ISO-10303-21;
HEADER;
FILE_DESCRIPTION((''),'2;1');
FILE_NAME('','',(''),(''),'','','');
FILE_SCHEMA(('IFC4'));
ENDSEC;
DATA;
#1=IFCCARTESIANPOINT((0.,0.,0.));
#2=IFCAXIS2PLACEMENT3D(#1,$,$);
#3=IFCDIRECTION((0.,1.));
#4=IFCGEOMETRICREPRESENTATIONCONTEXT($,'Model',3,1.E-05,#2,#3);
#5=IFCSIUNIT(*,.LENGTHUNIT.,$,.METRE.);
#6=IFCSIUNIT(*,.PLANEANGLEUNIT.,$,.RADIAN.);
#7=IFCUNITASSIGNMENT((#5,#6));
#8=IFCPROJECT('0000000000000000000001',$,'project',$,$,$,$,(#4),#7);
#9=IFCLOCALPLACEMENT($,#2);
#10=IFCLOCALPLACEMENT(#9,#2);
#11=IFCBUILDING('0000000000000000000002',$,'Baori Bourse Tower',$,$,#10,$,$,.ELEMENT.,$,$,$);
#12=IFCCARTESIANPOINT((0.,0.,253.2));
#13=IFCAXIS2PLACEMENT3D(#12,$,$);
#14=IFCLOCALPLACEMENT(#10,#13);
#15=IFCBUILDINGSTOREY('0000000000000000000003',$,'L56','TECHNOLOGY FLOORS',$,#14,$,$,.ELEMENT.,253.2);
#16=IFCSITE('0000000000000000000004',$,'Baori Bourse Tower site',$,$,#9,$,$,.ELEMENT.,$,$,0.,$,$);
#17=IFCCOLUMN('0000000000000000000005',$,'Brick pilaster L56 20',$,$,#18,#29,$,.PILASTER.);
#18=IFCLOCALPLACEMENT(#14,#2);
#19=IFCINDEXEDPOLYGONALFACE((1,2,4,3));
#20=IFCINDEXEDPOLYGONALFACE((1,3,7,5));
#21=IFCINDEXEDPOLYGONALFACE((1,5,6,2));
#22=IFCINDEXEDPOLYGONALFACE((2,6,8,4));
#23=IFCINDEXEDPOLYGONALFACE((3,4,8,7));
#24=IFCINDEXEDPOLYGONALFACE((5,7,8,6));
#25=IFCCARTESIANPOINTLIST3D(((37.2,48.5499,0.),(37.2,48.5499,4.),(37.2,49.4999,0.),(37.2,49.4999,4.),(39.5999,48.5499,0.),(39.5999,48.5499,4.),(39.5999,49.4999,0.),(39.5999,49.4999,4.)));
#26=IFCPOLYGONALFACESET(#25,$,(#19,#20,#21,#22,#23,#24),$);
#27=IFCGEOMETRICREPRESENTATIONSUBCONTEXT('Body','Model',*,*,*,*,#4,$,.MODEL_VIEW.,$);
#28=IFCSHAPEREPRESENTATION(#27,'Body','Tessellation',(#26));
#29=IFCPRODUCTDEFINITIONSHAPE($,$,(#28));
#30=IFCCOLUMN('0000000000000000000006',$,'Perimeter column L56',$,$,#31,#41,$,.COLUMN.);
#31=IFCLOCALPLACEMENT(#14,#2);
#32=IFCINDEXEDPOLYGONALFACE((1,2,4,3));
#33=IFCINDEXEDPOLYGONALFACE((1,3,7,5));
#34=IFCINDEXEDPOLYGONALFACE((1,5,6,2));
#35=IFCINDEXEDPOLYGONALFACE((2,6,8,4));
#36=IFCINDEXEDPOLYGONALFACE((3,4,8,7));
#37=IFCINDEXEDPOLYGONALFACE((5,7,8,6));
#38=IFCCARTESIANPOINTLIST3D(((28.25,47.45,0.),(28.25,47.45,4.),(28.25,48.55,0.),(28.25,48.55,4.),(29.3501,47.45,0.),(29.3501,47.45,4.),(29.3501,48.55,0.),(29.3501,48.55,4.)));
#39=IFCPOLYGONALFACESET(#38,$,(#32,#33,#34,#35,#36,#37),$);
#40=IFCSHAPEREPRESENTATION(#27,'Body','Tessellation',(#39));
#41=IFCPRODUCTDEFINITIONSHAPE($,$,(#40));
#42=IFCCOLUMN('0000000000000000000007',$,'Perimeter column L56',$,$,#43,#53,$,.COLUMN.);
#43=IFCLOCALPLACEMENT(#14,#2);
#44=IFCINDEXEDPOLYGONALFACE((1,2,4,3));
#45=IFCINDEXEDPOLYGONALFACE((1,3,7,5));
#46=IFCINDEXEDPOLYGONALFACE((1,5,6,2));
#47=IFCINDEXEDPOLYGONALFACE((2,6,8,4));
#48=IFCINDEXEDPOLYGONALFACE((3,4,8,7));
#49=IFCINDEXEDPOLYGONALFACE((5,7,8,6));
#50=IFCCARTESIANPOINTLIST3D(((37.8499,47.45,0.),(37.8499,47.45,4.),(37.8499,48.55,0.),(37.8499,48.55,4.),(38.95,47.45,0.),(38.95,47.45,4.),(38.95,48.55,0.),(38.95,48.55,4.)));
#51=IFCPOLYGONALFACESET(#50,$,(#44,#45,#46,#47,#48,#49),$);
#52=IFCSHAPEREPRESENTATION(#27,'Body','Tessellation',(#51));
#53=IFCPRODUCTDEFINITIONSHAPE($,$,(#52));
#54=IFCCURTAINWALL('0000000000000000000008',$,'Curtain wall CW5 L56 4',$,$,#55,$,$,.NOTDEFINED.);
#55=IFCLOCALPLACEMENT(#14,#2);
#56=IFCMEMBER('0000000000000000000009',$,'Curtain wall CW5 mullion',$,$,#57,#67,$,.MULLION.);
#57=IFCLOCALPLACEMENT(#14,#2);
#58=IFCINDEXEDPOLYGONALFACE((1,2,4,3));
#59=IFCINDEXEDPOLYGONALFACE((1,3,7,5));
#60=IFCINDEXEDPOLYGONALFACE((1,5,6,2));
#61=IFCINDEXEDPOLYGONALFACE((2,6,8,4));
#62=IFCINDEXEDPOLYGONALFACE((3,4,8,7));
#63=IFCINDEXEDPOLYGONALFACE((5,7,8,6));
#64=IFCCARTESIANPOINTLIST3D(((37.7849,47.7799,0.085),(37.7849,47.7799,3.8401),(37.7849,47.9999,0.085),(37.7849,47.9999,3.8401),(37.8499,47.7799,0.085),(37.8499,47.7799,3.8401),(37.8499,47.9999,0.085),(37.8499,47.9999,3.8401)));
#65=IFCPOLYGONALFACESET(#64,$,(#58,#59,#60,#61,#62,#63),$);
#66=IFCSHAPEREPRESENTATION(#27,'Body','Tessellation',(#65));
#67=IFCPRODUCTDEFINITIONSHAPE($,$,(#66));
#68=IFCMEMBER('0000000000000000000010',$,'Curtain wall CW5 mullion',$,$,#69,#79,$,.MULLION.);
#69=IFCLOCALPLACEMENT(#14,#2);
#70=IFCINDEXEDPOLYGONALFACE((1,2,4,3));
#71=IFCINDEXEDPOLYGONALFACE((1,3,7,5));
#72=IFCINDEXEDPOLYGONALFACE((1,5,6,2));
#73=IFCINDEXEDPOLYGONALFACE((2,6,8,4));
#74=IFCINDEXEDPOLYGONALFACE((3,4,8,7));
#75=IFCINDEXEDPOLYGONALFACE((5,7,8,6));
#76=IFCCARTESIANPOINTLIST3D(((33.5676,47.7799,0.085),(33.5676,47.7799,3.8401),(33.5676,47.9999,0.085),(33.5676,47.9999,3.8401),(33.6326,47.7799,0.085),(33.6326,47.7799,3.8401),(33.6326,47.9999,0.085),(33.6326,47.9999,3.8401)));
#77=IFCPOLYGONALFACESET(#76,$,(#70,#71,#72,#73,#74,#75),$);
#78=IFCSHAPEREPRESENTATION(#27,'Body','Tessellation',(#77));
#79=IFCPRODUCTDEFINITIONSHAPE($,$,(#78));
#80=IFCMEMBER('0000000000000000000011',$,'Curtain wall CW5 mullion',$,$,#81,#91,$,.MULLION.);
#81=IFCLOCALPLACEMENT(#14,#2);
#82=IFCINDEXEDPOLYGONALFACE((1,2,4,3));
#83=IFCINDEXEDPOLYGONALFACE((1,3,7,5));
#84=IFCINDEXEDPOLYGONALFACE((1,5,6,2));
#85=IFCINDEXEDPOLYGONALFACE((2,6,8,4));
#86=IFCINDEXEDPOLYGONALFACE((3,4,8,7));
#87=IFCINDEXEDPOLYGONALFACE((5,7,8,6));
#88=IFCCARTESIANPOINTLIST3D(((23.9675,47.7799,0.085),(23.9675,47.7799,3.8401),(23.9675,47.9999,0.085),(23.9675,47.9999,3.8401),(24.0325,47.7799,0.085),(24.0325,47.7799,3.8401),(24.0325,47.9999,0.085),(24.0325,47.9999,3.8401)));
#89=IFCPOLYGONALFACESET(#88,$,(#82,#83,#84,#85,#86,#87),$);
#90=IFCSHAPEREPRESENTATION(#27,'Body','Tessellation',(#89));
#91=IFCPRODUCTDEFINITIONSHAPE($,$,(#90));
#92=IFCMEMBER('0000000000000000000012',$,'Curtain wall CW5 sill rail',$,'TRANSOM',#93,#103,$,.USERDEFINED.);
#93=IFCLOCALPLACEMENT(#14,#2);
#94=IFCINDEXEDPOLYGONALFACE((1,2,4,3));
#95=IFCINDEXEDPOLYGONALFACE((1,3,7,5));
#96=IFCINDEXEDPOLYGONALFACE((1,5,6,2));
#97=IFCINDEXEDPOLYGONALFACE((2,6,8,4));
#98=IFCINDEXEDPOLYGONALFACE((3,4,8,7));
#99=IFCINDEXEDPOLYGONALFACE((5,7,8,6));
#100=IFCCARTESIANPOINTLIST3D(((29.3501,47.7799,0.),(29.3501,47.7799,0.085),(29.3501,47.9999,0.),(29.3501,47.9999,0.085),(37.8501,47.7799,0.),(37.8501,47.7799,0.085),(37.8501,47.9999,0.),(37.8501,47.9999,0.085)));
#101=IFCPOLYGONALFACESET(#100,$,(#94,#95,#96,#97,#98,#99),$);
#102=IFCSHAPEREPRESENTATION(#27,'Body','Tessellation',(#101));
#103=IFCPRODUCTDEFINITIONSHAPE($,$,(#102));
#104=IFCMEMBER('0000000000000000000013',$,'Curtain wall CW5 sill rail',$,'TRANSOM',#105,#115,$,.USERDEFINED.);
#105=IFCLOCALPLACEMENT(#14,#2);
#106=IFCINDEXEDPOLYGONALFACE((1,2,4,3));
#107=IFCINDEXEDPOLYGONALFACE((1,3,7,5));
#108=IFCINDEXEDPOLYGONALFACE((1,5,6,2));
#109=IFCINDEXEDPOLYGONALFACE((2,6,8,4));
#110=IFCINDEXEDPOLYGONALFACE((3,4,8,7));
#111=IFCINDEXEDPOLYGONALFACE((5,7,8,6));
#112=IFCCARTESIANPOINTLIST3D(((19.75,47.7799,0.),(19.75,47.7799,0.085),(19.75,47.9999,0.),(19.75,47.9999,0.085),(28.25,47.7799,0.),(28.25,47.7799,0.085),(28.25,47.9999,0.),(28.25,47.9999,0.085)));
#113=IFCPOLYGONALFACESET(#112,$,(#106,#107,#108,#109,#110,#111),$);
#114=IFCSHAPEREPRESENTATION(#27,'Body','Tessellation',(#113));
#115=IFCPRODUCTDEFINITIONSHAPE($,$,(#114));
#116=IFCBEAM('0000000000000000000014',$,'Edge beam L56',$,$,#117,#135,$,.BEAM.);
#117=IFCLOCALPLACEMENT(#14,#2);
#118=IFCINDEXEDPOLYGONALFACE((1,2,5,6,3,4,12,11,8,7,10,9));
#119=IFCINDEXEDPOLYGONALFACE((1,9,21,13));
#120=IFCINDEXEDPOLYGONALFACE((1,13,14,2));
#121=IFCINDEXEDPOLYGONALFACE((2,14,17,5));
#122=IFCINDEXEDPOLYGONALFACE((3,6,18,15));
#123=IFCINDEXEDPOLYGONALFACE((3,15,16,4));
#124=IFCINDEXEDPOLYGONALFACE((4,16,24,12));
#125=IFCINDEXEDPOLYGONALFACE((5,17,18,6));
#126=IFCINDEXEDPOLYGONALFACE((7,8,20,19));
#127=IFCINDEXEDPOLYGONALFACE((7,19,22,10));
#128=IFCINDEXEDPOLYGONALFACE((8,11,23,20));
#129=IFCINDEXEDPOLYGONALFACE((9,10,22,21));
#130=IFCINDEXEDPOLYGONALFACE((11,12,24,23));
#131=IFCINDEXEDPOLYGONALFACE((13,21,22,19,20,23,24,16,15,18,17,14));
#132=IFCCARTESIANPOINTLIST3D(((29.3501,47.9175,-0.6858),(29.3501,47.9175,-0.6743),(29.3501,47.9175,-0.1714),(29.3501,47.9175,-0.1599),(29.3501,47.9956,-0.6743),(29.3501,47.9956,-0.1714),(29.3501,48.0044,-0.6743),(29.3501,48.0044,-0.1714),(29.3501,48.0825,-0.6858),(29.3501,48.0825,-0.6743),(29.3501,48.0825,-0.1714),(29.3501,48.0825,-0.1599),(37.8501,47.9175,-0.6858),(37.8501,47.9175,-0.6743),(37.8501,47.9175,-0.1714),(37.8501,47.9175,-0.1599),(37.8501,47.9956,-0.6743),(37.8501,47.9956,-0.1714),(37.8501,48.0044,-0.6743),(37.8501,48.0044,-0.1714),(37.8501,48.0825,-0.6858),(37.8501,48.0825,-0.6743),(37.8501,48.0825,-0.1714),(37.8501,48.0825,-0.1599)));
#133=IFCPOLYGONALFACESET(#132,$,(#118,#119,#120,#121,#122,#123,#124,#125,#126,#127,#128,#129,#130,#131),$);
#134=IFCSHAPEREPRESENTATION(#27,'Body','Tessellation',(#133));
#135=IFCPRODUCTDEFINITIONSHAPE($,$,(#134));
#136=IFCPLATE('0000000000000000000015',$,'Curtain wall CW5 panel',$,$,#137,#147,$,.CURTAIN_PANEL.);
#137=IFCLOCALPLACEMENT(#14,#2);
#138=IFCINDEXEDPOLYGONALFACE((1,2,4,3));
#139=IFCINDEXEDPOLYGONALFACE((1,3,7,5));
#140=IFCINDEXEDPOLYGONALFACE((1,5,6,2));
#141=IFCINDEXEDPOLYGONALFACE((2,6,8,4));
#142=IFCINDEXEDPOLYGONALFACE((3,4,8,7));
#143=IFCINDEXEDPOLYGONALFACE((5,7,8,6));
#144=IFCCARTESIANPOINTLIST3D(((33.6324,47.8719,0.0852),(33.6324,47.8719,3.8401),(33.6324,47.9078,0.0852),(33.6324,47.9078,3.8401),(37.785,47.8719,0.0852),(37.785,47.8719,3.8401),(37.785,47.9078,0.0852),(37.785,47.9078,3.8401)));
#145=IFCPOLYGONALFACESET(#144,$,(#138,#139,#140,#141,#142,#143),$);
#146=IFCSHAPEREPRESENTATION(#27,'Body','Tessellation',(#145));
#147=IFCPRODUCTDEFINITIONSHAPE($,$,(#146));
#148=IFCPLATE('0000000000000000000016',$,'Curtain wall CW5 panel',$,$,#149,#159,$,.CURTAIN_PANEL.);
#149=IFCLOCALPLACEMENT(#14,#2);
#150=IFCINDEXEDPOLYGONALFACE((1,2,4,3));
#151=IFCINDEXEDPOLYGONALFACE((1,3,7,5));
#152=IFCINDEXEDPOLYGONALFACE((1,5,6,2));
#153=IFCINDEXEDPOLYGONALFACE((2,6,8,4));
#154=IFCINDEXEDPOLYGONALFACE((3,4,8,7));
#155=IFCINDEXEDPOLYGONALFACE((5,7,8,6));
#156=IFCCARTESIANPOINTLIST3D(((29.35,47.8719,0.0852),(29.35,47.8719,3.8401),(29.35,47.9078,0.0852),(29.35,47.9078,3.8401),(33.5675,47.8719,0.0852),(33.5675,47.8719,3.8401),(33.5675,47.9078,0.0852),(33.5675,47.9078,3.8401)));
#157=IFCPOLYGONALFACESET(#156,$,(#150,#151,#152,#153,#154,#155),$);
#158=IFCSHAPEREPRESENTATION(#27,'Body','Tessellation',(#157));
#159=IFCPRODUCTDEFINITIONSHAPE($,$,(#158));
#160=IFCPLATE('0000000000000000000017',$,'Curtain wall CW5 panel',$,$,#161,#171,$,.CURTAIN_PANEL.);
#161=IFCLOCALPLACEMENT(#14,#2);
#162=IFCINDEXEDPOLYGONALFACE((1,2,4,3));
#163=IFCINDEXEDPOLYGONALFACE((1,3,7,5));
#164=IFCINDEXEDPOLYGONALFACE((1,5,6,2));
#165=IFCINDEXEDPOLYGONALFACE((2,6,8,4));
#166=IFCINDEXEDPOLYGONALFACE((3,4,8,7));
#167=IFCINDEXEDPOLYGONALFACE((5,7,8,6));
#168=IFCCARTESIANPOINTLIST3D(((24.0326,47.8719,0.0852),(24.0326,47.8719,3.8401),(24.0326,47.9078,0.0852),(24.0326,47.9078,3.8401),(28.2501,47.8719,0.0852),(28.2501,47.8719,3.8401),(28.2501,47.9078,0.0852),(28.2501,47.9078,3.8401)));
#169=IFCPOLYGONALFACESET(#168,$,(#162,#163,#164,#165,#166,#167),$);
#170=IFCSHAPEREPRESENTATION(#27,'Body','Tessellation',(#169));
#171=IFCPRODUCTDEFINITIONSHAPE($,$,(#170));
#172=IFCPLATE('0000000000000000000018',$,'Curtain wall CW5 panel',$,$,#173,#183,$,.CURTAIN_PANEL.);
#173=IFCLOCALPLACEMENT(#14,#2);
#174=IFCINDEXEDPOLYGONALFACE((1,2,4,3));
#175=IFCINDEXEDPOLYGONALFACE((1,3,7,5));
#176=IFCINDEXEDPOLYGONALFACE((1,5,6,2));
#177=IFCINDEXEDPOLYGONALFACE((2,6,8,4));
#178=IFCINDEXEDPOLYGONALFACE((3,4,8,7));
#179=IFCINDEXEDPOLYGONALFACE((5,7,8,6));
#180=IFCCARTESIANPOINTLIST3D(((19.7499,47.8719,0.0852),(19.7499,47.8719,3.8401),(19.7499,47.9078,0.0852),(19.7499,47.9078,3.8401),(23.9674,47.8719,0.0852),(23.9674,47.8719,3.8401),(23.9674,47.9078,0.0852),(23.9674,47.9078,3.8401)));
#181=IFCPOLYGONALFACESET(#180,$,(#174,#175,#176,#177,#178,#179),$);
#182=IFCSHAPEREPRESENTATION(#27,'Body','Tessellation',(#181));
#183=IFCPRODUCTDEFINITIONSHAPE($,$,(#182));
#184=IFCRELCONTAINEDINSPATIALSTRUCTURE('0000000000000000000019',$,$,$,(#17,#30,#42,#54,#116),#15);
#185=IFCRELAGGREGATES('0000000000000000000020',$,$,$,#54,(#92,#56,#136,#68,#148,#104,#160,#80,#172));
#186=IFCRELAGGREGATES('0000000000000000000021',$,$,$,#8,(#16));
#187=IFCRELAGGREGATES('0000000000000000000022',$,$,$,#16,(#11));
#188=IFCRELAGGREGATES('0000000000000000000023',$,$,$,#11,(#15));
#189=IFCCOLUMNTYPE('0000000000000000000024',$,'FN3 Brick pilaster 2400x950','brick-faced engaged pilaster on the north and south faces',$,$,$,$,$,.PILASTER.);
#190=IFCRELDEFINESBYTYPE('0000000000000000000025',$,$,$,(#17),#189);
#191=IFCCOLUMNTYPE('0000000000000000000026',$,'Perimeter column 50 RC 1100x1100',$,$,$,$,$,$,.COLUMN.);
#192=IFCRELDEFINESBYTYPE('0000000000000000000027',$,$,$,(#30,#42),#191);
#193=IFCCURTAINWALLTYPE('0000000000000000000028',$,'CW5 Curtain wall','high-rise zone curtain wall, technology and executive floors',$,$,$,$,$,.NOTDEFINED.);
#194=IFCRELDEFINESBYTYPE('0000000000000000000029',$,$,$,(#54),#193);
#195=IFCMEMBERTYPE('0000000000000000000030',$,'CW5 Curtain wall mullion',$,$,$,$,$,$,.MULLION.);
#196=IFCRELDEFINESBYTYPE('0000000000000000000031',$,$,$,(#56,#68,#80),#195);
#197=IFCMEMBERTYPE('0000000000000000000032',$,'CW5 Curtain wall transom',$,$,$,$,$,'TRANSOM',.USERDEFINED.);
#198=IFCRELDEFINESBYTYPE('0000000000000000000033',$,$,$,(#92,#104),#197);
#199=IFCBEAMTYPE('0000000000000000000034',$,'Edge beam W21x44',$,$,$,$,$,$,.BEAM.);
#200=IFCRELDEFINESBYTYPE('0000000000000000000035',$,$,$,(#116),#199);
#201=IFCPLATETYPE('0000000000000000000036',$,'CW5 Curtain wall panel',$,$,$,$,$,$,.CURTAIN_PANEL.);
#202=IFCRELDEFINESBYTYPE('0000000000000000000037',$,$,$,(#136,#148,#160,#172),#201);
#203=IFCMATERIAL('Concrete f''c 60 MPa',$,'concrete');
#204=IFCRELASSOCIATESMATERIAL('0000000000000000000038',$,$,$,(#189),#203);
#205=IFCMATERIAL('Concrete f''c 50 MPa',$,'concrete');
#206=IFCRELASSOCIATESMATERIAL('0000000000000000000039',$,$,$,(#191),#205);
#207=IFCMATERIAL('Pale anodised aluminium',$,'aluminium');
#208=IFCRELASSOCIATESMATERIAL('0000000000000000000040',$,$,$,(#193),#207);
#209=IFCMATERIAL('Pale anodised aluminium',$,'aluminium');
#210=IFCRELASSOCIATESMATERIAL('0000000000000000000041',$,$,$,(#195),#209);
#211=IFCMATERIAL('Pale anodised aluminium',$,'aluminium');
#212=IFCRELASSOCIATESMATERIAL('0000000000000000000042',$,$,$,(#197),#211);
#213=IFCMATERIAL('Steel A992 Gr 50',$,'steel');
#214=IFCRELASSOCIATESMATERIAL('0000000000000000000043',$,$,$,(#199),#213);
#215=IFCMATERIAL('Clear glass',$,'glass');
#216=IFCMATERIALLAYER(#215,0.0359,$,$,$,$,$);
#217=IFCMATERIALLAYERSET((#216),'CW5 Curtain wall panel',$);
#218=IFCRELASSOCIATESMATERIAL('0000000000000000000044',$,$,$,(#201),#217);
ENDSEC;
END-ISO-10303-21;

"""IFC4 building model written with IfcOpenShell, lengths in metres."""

from ifc_helpers import new_model, si_unit, direction, frame, origin, origin_2d, place, context, subcontext, project, spatial, rectangle, i_section, extrude, material, layer, layer_set, material_profile, profile_set, type_object, element, aggregate, save


model = new_model("IFC4")

# Units and contexts
model_context = context("Model", 3, precision=1e-05, world=origin(), true_north=direction((0.0, 1.0)))
body_context = subcontext(model_context, "Body", "Model", "MODEL_VIEW")
ifc_project = project(units=[si_unit("LENGTHUNIT", "METRE"), si_unit("PLANEANGLEUNIT", "RADIAN")], contexts=[model_context])

# Site, building, storey
site_placement = place(None, origin())
site = spatial("IfcSite", under=ifc_project, at=site_placement, Name="Baori Bourse Tower site", CompositionType="ELEMENT", RefElevation=0.0)
building_placement = place(site_placement, origin())
building = spatial("IfcBuilding", under=site, at=building_placement, Name="Baori Bourse Tower", CompositionType="ELEMENT")
storey_placement = place(building_placement, frame((0.0, 0.0, 253.2)))
storey = spatial("IfcBuildingStorey", under=building, at=storey_placement, Name="L56", Description="TECHNOLOGY FLOORS", CompositionType="ELEMENT", Elevation=253.2)

# Columns
ifc_material_1 = material(Name="Concrete f'c 60 MPa", Category="concrete")
ifc_material_profile_1 = material_profile(ifc_material_1, rectangle(XDim=2.3999, YDim=0.95, at=origin_2d()), Name="RC 2400x950")
ifc_profile_set_1 = profile_set([ifc_material_profile_1], Name="Concrete f'c 60 MPa")
column_type_1 = type_object("IfcColumnType", Name="FN3 Brick pilaster 2400x950", Description="brick-faced engaged pilaster on the north and south faces", PredefinedType="PILASTER", material=ifc_profile_set_1)
column_placement = place(storey_placement, frame((38.3999, 49.0249, 0.0), z_axis=(0.0, 0.0, 1.0), x_axis=(1.0, 0.0, 0.0)))
element("IfcColumn", 1, at=column_placement, inside=storey, type_object=column_type_1, Name="Brick pilaster L56 20", PredefinedType="PILASTER", context=body_context, shape_type="SweptSolid", body=[
    extrude(rectangle(XDim=2.3999, YDim=0.95, at=origin_2d()), origin(), (0.0, 0.0, 1.0), 4.0),
])
ifc_material_2 = material(Name="Concrete f'c 50 MPa", Category="concrete")
ifc_material_profile_2 = material_profile(ifc_material_2, rectangle(XDim=1.1001, YDim=1.1001, at=origin_2d()), Name="RC 1100x1100")
ifc_profile_set_2 = profile_set([ifc_material_profile_2], Name="Concrete f'c 50 MPa")
column_type_2 = type_object("IfcColumnType", Name="Perimeter column 50 RC 1100x1100", PredefinedType="COLUMN", material=ifc_profile_set_2)
for number, where, z_axis, x_axis, name in (
    (2, (28.8, 48.0, 0.0), (0.0, 0.0, 1.0), (1.0, 0.0, 0.0), "Perimeter column L56"),
    (3, (38.3999, 48.0, 0.0), (0.0, 0.0, 1.0), (1.0, 0.0, 0.0), "Perimeter column L56"),
):
    element("IfcColumn", number, at=place(storey_placement, frame(where, z_axis=z_axis, x_axis=x_axis)), inside=storey, type_object=column_type_2, Name=name, PredefinedType="COLUMN", context=body_context, shape_type="SweptSolid", body=[
        extrude(rectangle(XDim=1.1001, YDim=1.1001, at=origin_2d()), origin(), (0.0, 0.0, 1.0), 4.0),
    ])

# Curtain wall, members
ifc_material_3 = material(Name="Pale anodised aluminium", Category="aluminium")
curtain_wall_type = type_object("IfcCurtainWallType", Name="CW5 Curtain wall", Description="high-rise zone curtain wall, technology and executive floors", PredefinedType="NOTDEFINED", material=ifc_material_3)
curtain_wall_placement = place(storey_placement, origin())
curtain_wall = element("IfcCurtainWall", 4, at=curtain_wall_placement, inside=storey, type_object=curtain_wall_type, Name="Curtain wall CW5 L56 4", PredefinedType="NOTDEFINED")
ifc_material_4 = material(Name="Pale anodised aluminium", Category="aluminium")
ifc_material_profile_3 = material_profile(ifc_material_4, rectangle(XDim=0.22, YDim=0.0649, at=origin_2d()), Name="Mullion 65x220")
ifc_profile_set_3 = profile_set([ifc_material_profile_3], Name="Pale anodised aluminium")
member_type_1 = type_object("IfcMemberType", Name="CW5 Curtain wall mullion", PredefinedType="MULLION", material=ifc_profile_set_3)
member_1_placement = place(storey_placement, frame((37.8174, 47.8899, 0.085), z_axis=(0.0, 0.0, 1.0), x_axis=(0.0, -1.0, 0.0)))
member_1 = element("IfcMember", 5, at=member_1_placement, type_object=member_type_1, Name="Curtain wall CW5 mullion", PredefinedType="MULLION", context=body_context, shape_type="SweptSolid", body=[
    extrude(rectangle(XDim=0.22, YDim=0.0649, at=origin_2d()), origin(), (0.0, 0.0, 1.0), 3.7551),
])
member_2_placement = place(storey_placement, frame((33.6001, 47.8899, 0.085), z_axis=(0.0, 0.0, 1.0), x_axis=(0.0, -1.0, 0.0)))
member_2 = element("IfcMember", 6, at=member_2_placement, type_object=member_type_1, Name="Curtain wall CW5 mullion", PredefinedType="MULLION", context=body_context, shape_type="SweptSolid", body=[
    extrude(rectangle(XDim=0.22, YDim=0.0649, at=origin_2d()), origin(), (0.0, 0.0, 1.0), 3.7551),
])
member_3_placement = place(storey_placement, frame((24.0, 47.8899, 0.085), z_axis=(0.0, 0.0, 1.0), x_axis=(0.0, -1.0, 0.0)))
member_3 = element("IfcMember", 7, at=member_3_placement, type_object=member_type_1, Name="Curtain wall CW5 mullion", PredefinedType="MULLION", context=body_context, shape_type="SweptSolid", body=[
    extrude(rectangle(XDim=0.22, YDim=0.0649, at=origin_2d()), origin(), (0.0, 0.0, 1.0), 3.7551),
])
ifc_material_5 = material(Name="Pale anodised aluminium", Category="aluminium")
ifc_material_profile_4 = material_profile(ifc_material_5, rectangle(XDim=0.22, YDim=0.085, at=origin_2d()), Name="Transom 85x220")
ifc_profile_set_4 = profile_set([ifc_material_profile_4], Name="Pale anodised aluminium")
member_type_2 = type_object("IfcMemberType", Name="CW5 Curtain wall transom", ElementType="TRANSOM", PredefinedType="USERDEFINED", material=ifc_profile_set_4)
member_4_placement = place(storey_placement, frame((37.8501, 47.8899, 0.0425), z_axis=(-1.0, 0.0, 0.0), x_axis=(0.0, -1.0, 0.0)))
member_4 = element("IfcMember", 8, at=member_4_placement, type_object=member_type_2, Name="Curtain wall CW5 sill rail", ObjectType="TRANSOM", PredefinedType="USERDEFINED", context=body_context, shape_type="SweptSolid", body=[
    extrude(rectangle(XDim=0.22, YDim=0.085, at=origin_2d()), origin(), (0.0, 0.0, 1.0), 8.5),
])
member_5_placement = place(storey_placement, frame((28.25, 47.8899, 0.0425), z_axis=(-1.0, 0.0, 0.0), x_axis=(0.0, -1.0, 0.0)))
member_5 = element("IfcMember", 9, at=member_5_placement, type_object=member_type_2, Name="Curtain wall CW5 sill rail", ObjectType="TRANSOM", PredefinedType="USERDEFINED", context=body_context, shape_type="SweptSolid", body=[
    extrude(rectangle(XDim=0.22, YDim=0.085, at=origin_2d()), origin(), (0.0, 0.0, 1.0), 8.5),
])

# Beam
ifc_material_6 = material(Name="Steel A992 Gr 50", Category="steel")
ifc_material_profile_5 = material_profile(ifc_material_6, i_section(OverallWidth=0.165, OverallDepth=0.5259, WebThickness=0.0088, FlangeThickness=0.0115, at=origin_2d()), Name="W21x44")
ifc_profile_set_5 = profile_set([ifc_material_profile_5], Name="Steel A992 Gr 50")
beam_type = type_object("IfcBeamType", Name="Edge beam W21x44", PredefinedType="BEAM", material=ifc_profile_set_5)
beam_placement = place(storey_placement, frame((29.3501, 48.0, -0.4229), z_axis=(1.0, 0.0, 0.0), x_axis=(0.0, 1.0, 0.0)))
element("IfcBeam", 10, at=beam_placement, inside=storey, type_object=beam_type, Name="Edge beam L56", PredefinedType="BEAM", context=body_context, shape_type="SweptSolid", body=[
    extrude(i_section(OverallWidth=0.165, OverallDepth=0.5259, WebThickness=0.0088, FlangeThickness=0.0115, at=origin_2d()), origin(), (0.0, 0.0, 1.0), 8.5),
])

# Plates
ifc_material_7 = material(Name="Clear glass", Category="glass")
ifc_layer = layer(ifc_material_7, 0.0359)
ifc_layer_set = layer_set([ifc_layer], Name="CW5 Curtain wall panel")
plate_type = type_object("IfcPlateType", Name="CW5 Curtain wall panel", PredefinedType="CURTAIN_PANEL", material=ifc_layer_set)
plate_1_placement = place(storey_placement, frame((35.7087, 47.8899, 0.0852), z_axis=(0.0, 0.0, 1.0), x_axis=(-1.0, 0.0, 0.0)))
plate_1 = element("IfcPlate", 11, at=plate_1_placement, type_object=plate_type, Name="Curtain wall CW5 panel", PredefinedType="CURTAIN_PANEL", context=body_context, shape_type="SweptSolid", body=[
    extrude(rectangle(XDim=4.1526, YDim=0.0359, at=origin_2d()), origin(), (0.0, 0.0, 1.0), 3.7549),
])
plate_2_placement = place(storey_placement, frame((31.4587, 47.8899, 0.0852), z_axis=(0.0, 0.0, 1.0), x_axis=(-1.0, 0.0, 0.0)))
plate_2 = element("IfcPlate", 12, at=plate_2_placement, type_object=plate_type, Name="Curtain wall CW5 panel", PredefinedType="CURTAIN_PANEL", context=body_context, shape_type="SweptSolid", body=[
    extrude(rectangle(XDim=4.2175, YDim=0.0359, at=origin_2d()), origin(), (0.0, 0.0, 1.0), 3.7549),
])
plate_3_placement = place(storey_placement, frame((26.1414, 47.8899, 0.0852), z_axis=(0.0, 0.0, 1.0), x_axis=(-1.0, 0.0, 0.0)))
plate_3 = element("IfcPlate", 13, at=plate_3_placement, type_object=plate_type, Name="Curtain wall CW5 panel", PredefinedType="CURTAIN_PANEL", context=body_context, shape_type="SweptSolid", body=[
    extrude(rectangle(XDim=4.2175, YDim=0.0359, at=origin_2d()), origin(), (0.0, 0.0, 1.0), 3.7549),
])
plate_4_placement = place(storey_placement, frame((21.8586, 47.8899, 0.0852), z_axis=(0.0, 0.0, 1.0), x_axis=(-1.0, 0.0, 0.0)))
plate_4 = element("IfcPlate", 14, at=plate_4_placement, type_object=plate_type, Name="Curtain wall CW5 panel", PredefinedType="CURTAIN_PANEL", context=body_context, shape_type="SweptSolid", body=[
    extrude(rectangle(XDim=4.2175, YDim=0.0359, at=origin_2d()), origin(), (0.0, 0.0, 1.0), 3.7549),
])
aggregate(curtain_wall, [member_4, member_1, plate_1, member_2, plate_2, member_5, plate_3, member_3, plate_4])

save(model, "model.ifc")
